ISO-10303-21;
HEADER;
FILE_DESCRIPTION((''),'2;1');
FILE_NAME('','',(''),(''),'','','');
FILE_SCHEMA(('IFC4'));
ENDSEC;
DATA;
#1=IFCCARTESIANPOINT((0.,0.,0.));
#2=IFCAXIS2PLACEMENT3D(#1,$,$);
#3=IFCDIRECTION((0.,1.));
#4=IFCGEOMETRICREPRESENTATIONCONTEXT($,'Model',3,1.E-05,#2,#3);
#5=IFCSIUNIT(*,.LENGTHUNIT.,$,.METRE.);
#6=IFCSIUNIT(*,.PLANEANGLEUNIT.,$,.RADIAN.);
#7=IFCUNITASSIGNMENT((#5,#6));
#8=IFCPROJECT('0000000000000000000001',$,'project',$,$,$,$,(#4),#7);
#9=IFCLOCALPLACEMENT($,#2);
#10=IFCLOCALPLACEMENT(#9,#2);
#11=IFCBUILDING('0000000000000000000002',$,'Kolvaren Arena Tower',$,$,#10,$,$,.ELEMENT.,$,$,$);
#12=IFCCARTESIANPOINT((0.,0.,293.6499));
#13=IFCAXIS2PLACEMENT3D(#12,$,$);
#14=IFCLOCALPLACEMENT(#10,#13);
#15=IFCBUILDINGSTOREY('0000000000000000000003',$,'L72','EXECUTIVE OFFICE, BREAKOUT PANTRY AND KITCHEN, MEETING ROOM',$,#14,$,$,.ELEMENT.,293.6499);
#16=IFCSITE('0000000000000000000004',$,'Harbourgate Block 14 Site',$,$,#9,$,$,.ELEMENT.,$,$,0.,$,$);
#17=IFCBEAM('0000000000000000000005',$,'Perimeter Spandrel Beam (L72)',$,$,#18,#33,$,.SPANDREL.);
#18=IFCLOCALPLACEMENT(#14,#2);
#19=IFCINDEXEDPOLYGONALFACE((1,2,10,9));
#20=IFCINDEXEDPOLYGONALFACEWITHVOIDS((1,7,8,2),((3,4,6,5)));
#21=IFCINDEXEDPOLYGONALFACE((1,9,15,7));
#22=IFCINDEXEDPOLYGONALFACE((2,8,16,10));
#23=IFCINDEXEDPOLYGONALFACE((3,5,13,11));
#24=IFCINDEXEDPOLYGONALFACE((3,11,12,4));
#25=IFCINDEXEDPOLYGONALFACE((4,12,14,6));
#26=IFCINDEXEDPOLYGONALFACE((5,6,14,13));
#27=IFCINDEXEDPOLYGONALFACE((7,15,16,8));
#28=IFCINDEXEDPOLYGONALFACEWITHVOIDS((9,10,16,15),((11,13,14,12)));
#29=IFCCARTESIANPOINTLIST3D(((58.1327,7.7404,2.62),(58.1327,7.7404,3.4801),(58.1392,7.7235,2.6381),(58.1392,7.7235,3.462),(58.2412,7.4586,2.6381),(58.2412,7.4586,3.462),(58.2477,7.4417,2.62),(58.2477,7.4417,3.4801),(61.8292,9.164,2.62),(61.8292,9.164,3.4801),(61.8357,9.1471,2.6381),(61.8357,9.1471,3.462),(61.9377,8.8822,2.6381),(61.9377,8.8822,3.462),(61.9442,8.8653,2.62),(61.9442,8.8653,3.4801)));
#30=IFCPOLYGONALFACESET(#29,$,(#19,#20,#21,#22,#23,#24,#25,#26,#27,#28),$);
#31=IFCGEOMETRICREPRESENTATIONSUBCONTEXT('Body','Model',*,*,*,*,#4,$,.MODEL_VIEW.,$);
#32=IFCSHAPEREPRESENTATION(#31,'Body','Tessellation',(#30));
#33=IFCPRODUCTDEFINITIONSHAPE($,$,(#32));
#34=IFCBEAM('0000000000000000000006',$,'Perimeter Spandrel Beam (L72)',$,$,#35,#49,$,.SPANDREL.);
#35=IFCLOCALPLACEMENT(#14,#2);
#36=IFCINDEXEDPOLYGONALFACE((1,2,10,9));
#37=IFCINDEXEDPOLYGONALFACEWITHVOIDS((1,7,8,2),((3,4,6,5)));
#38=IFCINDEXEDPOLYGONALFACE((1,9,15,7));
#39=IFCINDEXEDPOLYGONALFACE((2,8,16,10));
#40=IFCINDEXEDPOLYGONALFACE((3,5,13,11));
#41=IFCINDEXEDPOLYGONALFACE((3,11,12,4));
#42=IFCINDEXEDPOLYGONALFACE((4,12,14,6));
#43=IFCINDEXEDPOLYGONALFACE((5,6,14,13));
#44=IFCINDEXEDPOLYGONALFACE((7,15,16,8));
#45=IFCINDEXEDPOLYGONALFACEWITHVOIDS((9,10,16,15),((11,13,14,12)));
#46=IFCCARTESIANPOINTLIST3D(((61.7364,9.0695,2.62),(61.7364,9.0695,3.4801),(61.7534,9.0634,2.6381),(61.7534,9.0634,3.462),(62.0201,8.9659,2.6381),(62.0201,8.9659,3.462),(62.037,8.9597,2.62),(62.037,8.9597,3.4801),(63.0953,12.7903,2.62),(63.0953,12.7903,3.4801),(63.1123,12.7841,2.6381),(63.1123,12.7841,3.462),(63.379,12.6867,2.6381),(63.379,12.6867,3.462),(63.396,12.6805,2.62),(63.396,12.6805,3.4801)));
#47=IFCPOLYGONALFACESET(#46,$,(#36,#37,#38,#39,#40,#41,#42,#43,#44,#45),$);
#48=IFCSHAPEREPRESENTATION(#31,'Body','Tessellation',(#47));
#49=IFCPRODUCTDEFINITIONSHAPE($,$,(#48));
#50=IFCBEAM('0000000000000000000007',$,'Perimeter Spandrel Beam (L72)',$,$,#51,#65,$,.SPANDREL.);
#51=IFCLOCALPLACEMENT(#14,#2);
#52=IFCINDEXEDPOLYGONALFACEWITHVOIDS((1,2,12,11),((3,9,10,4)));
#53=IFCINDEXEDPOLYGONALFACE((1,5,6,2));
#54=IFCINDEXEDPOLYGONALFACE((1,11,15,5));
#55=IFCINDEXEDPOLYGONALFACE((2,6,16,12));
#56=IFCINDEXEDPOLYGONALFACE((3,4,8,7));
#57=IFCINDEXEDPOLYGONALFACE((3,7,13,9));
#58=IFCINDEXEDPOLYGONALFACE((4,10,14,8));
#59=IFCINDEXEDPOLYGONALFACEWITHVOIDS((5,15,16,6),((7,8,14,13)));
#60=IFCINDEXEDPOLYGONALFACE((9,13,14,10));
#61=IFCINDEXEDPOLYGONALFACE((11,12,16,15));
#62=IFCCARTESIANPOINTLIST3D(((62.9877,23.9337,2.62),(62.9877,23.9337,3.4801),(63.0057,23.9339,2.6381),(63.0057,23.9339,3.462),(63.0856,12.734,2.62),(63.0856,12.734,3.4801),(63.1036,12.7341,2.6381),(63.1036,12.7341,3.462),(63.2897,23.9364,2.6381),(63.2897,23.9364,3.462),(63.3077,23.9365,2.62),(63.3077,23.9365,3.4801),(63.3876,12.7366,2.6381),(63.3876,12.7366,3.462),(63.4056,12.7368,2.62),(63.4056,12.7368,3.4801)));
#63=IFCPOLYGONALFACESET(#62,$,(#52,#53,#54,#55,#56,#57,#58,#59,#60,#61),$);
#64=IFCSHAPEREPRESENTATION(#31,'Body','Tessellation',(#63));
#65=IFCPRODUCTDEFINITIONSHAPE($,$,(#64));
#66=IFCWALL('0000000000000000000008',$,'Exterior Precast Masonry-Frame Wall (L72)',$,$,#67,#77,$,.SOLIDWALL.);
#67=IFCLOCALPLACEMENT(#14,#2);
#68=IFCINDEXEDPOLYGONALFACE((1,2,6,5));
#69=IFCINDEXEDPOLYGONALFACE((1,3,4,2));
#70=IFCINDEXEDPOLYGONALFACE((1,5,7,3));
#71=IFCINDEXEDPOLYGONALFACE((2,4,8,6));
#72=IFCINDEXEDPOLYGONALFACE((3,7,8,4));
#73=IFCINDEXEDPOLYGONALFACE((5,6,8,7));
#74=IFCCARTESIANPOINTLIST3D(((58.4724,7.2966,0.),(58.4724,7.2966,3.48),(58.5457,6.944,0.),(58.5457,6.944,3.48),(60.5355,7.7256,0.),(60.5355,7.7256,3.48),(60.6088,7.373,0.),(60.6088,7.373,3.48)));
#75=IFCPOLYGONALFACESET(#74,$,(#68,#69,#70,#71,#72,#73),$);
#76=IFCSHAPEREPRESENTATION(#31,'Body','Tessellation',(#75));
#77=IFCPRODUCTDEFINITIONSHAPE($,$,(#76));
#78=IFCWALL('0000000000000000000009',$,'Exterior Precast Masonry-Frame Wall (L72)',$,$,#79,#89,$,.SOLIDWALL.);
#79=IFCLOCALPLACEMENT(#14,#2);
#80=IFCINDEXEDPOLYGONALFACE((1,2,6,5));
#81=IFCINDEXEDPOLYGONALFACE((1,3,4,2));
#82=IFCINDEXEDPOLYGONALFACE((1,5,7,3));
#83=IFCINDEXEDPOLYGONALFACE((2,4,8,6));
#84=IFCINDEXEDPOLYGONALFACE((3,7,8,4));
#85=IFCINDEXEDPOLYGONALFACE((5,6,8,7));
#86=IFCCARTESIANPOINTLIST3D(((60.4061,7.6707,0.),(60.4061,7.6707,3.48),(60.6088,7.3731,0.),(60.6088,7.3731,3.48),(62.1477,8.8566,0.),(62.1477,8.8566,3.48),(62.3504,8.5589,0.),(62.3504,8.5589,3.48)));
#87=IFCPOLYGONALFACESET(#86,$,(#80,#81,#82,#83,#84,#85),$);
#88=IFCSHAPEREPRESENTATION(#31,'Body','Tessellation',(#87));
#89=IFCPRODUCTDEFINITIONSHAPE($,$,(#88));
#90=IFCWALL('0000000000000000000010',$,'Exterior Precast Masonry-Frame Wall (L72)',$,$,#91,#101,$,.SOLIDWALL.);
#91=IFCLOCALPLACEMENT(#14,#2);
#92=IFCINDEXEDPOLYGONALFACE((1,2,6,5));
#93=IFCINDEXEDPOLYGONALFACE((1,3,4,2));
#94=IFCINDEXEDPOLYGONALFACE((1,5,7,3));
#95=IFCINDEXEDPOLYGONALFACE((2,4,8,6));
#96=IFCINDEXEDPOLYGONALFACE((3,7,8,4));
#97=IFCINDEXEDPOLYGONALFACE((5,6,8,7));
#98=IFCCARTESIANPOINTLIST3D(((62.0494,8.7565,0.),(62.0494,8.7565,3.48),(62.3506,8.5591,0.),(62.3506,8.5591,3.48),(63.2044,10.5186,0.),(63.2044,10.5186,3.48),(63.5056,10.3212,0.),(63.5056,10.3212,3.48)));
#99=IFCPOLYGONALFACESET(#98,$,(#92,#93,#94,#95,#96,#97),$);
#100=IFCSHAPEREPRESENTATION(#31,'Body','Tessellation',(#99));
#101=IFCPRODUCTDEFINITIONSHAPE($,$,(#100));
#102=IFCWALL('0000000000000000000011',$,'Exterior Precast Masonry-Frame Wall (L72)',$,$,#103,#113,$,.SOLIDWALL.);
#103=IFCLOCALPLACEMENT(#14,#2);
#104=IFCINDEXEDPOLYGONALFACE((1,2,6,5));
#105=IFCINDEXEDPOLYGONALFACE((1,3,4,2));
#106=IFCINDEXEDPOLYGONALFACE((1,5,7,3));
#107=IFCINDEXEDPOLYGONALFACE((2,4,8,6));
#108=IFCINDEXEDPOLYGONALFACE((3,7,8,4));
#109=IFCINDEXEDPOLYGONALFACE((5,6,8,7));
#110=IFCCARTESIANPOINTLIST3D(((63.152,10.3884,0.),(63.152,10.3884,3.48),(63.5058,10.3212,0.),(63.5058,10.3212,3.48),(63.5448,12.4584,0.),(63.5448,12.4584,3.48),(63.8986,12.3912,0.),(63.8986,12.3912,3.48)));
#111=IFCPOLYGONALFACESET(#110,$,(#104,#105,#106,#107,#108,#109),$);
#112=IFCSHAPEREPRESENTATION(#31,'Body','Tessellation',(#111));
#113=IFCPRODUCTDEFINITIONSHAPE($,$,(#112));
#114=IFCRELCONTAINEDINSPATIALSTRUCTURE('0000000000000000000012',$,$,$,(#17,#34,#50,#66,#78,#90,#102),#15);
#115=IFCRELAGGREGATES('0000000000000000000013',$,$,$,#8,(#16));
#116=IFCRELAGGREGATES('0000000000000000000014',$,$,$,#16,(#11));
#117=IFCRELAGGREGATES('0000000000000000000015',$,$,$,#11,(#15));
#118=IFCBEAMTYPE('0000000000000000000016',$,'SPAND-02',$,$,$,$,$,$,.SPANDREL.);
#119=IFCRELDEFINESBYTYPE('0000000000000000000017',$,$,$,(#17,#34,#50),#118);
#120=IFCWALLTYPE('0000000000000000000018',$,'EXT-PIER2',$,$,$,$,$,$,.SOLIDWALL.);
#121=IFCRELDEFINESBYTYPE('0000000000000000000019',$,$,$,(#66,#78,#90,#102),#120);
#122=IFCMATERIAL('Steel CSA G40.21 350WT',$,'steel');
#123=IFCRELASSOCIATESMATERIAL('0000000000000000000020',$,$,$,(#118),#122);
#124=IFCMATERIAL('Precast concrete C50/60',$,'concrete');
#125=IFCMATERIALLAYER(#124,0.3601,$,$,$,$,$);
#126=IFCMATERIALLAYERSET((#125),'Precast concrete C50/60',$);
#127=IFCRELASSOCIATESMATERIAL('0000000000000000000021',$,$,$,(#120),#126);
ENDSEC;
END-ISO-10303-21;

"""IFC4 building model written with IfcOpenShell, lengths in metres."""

from ifc_helpers import new_model, si_unit, direction, frame, frame_2d, origin, origin_2d, place, context, subcontext, project, spatial, rectangle, hollow_rectangle, extrude, material, layer, layer_set, material_profile, profile_set, type_object, element, save


model = new_model("IFC4")

# Units and contexts
model_context = context("Model", 3, precision=1e-05, world=origin(), true_north=direction((0.0, 1.0)))
body_context = subcontext(model_context, "Body", "Model", "MODEL_VIEW")
ifc_project = project(units=[si_unit("LENGTHUNIT", "METRE"), si_unit("PLANEANGLEUNIT", "RADIAN")], contexts=[model_context])

# Site, building, storey
site_placement = place(None, origin())
site = spatial("IfcSite", under=ifc_project, at=site_placement, Name="Harbourgate Block 14 Site", CompositionType="ELEMENT", RefElevation=0.0)
building_placement = place(site_placement, origin())
building = spatial("IfcBuilding", under=site, at=building_placement, Name="Kolvaren Arena Tower", CompositionType="ELEMENT")
storey_placement = place(building_placement, frame((0.0, 0.0, 293.6499)))
storey = spatial("IfcBuildingStorey", under=building, at=storey_placement, Name="L72", Description="EXECUTIVE OFFICE, BREAKOUT PANTRY AND KITCHEN, MEETING ROOM", CompositionType="ELEMENT", Elevation=293.6499)

# Shared definitions
ifc_material_1 = material(Name="Precast concrete C50/60", Category="concrete")

# Beams
ifc_material_2 = material(Name="Steel CSA G40.21 350WT", Category="steel")
ifc_material_profile_1 = material_profile(ifc_material_2, hollow_rectangle(XDim=0.3201, YDim=0.8601, WallThickness=0.0181, at=origin_2d()), Name="HSS 860x320x18")
ifc_profile_set_1 = profile_set([ifc_material_profile_1], Name="Steel CSA G40.21 350WT")
beam_type_1 = type_object("IfcBeamType", Name="SPAND-02", PredefinedType="SPANDREL", material=ifc_profile_set_1)
for number, where, z_axis, x_axis, name in (
    (1, (58.1902, 7.5911, 3.05), (0.93319, 0.359384, 0.0), (-0.359384, 0.93319, 0.0), "Perimeter Spandrel Beam (L72)"),
    (2, (61.8867, 9.0146, 3.05), (0.343059, 0.939314, 0.0), (-0.939314, 0.343059, 0.0), "Perimeter Spandrel Beam (L72)"),
):
    element("IfcBeam", number, at=place(storey_placement, frame(where, z_axis=z_axis, x_axis=x_axis)), inside=storey, type_object=beam_type_1, Name=name, PredefinedType="SPANDREL", context=body_context, shape_type="SweptSolid", body=[
        extrude(hollow_rectangle(XDim=0.3201, YDim=0.8601, WallThickness=0.0181, at=origin_2d()), origin(), (0.0, 0.0, 1.0), 3.9612),
    ])
beam_1_placement = place(storey_placement, frame((63.2456, 12.7354, 3.05), z_axis=(-0.008741, 0.999962, 0.0), x_axis=(-0.999962, -0.008741, 0.0)))
element("IfcBeam", 3, at=beam_1_placement, inside=storey, type_object=beam_type_1, Name="Perimeter Spandrel Beam (L72)", PredefinedType="SPANDREL", context=body_context, shape_type="SweptSolid", body=[
    extrude(hollow_rectangle(XDim=0.3201, YDim=0.8601, WallThickness=0.0181, at=origin_2d()), origin(), (0.0, 0.0, 1.0), 11.2002),
])

# Walls
ifc_layer_1 = layer(ifc_material_1, 0.3601)
ifc_layer_set_1 = layer_set([ifc_layer_1], Name="Precast concrete C50/60")
wall_type_1 = type_object("IfcWallType", Name="EXT-PIER2", PredefinedType="SOLIDWALL", material=ifc_layer_set_1)
wall_1_placement = place(storey_placement, frame((60.5723, 7.5493, 0.0), z_axis=(0.0, 0.0, 1.0), x_axis=(-0.979059, -0.203575, 0.0)))
element("IfcWall", 4, at=wall_1_placement, inside=storey, type_object=wall_type_1, Name="Exterior Precast Masonry-Frame Wall (L72)", PredefinedType="SOLIDWALL", context=body_context, shape_type="SweptSolid", body=[
    extrude(rectangle(XDim=2.1072, YDim=0.3601, at=frame_2d((1.0537, 0.0))), origin(), (0.0, 0.0, 1.0), 3.48),
])
for number, where, z_axis, x_axis, name in (
    (5, (62.249, 8.7078, 0.0), (0.0, 0.0, 1.0), (-0.826573, -0.56283, 0.0), "Exterior Precast Masonry-Frame Wall (L72)"),
    (6, (63.355, 10.4199, 0.0), (0.0, 0.0, 1.0), (-0.548186, -0.836357, 0.0), "Exterior Precast Masonry-Frame Wall (L72)"),
    (7, (63.7217, 12.4248, 0.0), (0.0, 0.0, 1.0), (-0.186436, -0.982467, 0.0), "Exterior Precast Masonry-Frame Wall (L72)"),
):
    element("IfcWall", number, at=place(storey_placement, frame(where, z_axis=z_axis, x_axis=x_axis)), inside=storey, type_object=wall_type_1, Name=name, PredefinedType="SOLIDWALL", context=body_context, shape_type="SweptSolid", body=[
        extrude(rectangle(XDim=2.1069, YDim=0.3601, at=frame_2d((1.0535, 0.0))), origin(), (0.0, 0.0, 1.0), 3.48),
    ])

save(model, "model.ifc")
